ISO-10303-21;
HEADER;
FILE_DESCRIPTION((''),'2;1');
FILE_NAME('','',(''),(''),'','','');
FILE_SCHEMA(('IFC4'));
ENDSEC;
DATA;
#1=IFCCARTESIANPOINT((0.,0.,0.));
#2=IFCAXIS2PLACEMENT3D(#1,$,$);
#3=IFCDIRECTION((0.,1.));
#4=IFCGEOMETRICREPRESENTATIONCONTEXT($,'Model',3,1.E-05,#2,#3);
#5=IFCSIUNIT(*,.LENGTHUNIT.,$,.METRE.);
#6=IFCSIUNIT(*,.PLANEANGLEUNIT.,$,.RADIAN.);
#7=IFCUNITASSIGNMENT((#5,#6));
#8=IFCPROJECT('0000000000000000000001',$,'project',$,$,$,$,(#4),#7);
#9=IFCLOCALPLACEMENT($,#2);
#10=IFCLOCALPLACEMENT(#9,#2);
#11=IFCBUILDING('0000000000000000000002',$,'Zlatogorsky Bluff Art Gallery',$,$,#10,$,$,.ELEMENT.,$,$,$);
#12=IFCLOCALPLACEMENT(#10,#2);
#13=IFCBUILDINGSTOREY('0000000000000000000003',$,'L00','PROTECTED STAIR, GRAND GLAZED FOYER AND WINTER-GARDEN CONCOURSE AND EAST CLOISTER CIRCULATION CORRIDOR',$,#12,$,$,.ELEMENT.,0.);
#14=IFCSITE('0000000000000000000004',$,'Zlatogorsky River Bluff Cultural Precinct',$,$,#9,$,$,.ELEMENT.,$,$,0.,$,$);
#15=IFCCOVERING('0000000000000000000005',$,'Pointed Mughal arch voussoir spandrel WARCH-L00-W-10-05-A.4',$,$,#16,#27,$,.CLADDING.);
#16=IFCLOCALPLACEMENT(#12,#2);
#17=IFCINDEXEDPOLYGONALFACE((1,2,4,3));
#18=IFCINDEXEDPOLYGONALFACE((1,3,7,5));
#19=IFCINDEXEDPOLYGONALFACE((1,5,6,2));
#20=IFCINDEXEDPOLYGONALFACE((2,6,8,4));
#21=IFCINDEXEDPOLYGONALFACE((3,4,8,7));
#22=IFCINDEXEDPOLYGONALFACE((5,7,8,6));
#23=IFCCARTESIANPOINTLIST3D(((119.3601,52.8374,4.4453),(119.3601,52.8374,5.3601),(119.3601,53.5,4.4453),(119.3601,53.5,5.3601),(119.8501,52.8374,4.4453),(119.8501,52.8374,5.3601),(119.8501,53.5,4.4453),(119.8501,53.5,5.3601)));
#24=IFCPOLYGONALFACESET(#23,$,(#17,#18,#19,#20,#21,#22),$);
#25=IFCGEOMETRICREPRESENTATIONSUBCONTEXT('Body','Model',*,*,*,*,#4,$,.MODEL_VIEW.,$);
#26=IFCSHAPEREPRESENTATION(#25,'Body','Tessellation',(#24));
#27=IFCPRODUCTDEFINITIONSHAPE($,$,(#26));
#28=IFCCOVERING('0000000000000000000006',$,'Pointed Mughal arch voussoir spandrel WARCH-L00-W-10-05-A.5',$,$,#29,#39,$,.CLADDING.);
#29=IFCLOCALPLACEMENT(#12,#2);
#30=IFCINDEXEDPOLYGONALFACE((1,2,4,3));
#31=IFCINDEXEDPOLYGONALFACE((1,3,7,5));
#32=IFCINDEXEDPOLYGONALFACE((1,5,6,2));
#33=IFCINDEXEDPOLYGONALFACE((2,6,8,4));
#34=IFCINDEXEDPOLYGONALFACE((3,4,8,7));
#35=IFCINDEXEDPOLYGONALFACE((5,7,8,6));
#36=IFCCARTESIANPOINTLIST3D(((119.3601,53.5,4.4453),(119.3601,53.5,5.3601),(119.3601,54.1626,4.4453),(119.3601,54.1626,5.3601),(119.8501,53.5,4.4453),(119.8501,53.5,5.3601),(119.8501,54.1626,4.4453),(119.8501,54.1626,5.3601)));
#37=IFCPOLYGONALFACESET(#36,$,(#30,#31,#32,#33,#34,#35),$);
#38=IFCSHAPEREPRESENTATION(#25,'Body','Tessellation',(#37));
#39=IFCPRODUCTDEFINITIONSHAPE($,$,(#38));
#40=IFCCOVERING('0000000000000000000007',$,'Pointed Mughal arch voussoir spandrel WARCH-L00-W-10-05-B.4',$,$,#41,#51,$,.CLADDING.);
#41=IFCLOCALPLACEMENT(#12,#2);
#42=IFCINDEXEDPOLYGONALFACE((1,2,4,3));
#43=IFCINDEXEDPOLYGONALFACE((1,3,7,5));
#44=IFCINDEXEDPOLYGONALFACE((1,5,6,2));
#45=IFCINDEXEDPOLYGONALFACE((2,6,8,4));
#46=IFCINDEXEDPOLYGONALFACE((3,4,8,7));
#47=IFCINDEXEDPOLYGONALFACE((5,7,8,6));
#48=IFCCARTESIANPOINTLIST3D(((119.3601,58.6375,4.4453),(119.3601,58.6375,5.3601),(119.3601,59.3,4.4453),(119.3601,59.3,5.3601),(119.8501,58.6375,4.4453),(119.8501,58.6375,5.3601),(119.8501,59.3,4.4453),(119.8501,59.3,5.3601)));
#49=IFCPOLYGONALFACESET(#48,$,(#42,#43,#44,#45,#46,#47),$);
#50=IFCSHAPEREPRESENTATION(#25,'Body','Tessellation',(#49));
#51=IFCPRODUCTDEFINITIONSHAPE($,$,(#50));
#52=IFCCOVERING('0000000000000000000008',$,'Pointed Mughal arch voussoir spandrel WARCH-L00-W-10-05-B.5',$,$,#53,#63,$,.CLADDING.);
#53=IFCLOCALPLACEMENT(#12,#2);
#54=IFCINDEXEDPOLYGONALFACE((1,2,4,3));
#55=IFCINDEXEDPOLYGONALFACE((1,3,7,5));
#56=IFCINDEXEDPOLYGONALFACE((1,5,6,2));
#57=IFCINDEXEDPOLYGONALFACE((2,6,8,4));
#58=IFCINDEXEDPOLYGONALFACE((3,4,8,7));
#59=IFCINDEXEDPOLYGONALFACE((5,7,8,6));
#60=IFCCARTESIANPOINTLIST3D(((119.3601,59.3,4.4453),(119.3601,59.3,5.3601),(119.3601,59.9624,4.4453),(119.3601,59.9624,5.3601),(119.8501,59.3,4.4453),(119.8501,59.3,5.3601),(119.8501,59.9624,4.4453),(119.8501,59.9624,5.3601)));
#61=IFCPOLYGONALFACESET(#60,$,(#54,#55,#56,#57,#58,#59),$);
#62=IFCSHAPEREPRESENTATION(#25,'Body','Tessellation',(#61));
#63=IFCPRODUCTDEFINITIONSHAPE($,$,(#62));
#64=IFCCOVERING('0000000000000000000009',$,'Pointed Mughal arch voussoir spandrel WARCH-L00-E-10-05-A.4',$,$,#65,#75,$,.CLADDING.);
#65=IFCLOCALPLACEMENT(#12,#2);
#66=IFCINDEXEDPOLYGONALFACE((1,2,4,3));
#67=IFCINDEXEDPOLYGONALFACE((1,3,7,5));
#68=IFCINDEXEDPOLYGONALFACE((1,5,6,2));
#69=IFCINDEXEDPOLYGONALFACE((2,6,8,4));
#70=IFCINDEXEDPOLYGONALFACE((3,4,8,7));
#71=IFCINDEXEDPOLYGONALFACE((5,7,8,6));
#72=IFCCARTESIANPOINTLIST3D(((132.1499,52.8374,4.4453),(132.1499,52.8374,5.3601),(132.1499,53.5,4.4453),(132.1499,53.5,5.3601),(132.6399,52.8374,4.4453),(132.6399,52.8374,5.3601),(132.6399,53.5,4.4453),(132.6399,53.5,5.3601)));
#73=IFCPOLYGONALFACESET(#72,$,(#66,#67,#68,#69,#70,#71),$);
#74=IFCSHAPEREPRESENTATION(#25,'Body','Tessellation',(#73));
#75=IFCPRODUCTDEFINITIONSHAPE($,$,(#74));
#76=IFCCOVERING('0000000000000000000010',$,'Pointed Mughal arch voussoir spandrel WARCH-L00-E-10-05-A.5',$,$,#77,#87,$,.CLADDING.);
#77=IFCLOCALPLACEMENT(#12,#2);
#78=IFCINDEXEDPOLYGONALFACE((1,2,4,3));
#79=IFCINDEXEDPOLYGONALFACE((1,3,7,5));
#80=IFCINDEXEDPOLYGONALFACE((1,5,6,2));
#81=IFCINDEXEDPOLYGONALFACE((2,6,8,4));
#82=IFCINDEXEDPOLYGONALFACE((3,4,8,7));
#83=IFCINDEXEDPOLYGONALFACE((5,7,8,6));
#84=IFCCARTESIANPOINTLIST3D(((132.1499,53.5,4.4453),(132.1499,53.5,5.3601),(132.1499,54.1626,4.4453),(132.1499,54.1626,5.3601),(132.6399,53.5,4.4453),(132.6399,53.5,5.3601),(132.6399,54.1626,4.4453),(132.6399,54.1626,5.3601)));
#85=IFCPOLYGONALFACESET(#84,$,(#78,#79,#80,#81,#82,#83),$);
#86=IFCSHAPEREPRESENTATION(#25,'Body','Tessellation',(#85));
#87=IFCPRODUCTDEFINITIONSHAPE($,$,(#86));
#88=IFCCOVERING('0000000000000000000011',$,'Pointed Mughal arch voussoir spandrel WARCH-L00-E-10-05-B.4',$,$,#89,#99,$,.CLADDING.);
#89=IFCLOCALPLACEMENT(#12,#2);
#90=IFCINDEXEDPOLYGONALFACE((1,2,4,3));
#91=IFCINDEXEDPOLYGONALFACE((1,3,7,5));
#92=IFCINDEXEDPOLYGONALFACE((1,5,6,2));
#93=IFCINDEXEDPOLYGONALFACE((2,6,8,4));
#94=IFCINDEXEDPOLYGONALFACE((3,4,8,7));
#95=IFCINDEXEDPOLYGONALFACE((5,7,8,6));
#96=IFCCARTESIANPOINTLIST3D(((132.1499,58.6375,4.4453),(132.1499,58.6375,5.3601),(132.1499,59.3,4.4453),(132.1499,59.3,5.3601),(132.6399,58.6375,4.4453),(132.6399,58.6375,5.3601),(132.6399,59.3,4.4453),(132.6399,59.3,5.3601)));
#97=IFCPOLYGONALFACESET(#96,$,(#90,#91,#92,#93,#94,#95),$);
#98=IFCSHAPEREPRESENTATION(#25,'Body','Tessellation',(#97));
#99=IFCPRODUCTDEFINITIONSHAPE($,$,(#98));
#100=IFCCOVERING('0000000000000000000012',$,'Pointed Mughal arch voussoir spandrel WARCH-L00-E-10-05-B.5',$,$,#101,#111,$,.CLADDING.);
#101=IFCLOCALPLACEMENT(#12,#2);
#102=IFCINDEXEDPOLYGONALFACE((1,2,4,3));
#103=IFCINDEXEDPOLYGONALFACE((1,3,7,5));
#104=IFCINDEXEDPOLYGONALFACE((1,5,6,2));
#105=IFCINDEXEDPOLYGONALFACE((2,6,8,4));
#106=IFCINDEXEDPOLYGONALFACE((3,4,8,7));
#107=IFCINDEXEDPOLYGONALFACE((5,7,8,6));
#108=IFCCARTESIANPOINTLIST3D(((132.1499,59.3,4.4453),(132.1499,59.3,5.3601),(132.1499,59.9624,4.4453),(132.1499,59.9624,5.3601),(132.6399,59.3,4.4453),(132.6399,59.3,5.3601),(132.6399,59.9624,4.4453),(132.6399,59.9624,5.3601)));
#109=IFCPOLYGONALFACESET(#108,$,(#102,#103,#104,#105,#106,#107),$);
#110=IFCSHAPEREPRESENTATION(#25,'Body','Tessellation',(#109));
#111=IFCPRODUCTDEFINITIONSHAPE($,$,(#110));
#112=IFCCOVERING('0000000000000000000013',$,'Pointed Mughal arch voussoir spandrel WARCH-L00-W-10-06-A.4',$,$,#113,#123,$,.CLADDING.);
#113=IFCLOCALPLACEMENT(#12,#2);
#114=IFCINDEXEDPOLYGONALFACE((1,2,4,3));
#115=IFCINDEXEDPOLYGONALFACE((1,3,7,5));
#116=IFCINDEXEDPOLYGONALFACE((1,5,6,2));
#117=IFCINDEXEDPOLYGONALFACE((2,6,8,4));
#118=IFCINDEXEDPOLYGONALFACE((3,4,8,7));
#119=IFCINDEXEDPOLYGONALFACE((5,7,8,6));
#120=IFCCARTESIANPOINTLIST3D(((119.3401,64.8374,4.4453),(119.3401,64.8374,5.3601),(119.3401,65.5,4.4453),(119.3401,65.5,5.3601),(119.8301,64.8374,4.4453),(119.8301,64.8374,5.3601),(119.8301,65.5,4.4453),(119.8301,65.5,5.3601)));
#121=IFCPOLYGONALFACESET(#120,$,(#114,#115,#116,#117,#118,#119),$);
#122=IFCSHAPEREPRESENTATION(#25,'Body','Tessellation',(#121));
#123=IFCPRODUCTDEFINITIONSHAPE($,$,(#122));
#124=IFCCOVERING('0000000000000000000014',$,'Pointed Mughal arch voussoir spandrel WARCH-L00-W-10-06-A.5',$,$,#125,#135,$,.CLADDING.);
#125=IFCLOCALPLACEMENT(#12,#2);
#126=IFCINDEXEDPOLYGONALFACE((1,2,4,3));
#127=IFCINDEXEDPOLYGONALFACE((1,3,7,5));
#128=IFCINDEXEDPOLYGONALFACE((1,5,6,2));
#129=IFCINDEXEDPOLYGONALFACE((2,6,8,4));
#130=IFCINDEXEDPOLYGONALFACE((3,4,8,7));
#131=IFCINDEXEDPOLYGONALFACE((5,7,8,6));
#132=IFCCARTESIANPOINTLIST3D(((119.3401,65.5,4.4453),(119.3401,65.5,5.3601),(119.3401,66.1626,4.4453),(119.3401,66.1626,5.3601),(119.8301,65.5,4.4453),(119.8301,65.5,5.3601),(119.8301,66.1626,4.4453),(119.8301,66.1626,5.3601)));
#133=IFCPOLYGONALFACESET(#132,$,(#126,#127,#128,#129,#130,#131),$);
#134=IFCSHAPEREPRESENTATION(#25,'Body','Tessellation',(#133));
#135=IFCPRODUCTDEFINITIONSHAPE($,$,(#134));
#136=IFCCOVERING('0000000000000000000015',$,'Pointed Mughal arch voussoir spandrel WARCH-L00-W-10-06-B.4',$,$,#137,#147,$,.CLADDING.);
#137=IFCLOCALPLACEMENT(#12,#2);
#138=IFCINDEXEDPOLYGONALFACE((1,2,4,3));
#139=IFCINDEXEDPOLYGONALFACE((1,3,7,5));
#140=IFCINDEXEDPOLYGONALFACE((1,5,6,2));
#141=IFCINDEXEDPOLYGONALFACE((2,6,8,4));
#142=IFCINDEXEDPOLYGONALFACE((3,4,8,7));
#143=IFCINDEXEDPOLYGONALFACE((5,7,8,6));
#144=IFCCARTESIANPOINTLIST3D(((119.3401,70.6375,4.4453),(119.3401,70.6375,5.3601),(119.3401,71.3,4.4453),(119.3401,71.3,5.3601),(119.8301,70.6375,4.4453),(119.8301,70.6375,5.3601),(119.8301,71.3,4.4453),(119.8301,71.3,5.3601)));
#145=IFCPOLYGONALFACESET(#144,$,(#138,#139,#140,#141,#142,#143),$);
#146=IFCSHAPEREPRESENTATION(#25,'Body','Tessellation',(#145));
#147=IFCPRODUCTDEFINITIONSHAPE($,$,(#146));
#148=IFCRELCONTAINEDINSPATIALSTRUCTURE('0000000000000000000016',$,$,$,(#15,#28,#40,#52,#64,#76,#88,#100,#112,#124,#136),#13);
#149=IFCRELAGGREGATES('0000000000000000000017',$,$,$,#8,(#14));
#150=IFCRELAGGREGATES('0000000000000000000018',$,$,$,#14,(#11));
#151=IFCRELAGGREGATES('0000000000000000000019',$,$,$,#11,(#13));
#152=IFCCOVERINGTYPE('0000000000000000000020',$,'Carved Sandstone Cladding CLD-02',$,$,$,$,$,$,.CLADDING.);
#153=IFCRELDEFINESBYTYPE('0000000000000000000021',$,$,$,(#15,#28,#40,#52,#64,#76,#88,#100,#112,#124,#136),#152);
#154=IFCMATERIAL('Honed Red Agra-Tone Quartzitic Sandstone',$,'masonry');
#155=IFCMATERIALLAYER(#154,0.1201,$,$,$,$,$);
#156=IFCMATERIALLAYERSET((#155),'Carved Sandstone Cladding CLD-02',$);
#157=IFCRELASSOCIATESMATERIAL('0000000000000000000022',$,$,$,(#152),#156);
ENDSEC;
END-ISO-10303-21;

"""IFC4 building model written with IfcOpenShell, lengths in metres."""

from ifc_helpers import new_model, si_unit, direction, frame, origin, place, context, subcontext, project, spatial, polyline, outline, extrude, material, layer, layer_set, type_object, element, save


model = new_model("IFC4")

# Units and contexts
model_context = context("Model", 3, precision=1e-05, world=origin(), true_north=direction((0.0, 1.0)))
body_context = subcontext(model_context, "Body", "Model", "MODEL_VIEW")
ifc_project = project(units=[si_unit("LENGTHUNIT", "METRE"), si_unit("PLANEANGLEUNIT", "RADIAN")], contexts=[model_context])

# Site, building, storey
site_placement = place(None, origin())
site = spatial("IfcSite", under=ifc_project, at=site_placement, Name="Zlatogorsky River Bluff Cultural Precinct", CompositionType="ELEMENT", RefElevation=0.0)
building_placement = place(site_placement, origin())
building = spatial("IfcBuilding", under=site, at=building_placement, Name="Zlatogorsky Bluff Art Gallery", CompositionType="ELEMENT")
storey_placement = place(building_placement, origin())
storey = spatial("IfcBuildingStorey", under=building, at=storey_placement, Name="L00", Description="PROTECTED STAIR, GRAND GLAZED FOYER AND WINTER-GARDEN CONCOURSE AND EAST CLOISTER CIRCULATION CORRIDOR", CompositionType="ELEMENT", Elevation=0.0)

# Coverings
ifc_material = material(Name="Honed Red Agra-Tone Quartzitic Sandstone", Category="masonry")
ifc_layer = layer(ifc_material, 0.1201)
ifc_layer_set = layer_set([ifc_layer], Name="Carved Sandstone Cladding CLD-02")
covering_type = type_object("IfcCoveringType", Name="Carved Sandstone Cladding CLD-02", PredefinedType="CLADDING", material=ifc_layer_set)
covering_1_placement = place(storey_placement, frame((0.0, 0.0, 4.4453)))
element("IfcCovering", 1, at=covering_1_placement, inside=storey, type_object=covering_type, Name="Pointed Mughal arch voussoir spandrel WARCH-L00-W-10-05-A.4", PredefinedType="CLADDING", context=body_context, shape_type="SweptSolid", body=[
    extrude(outline(polyline([(119.3601, 52.8374), (119.3601, 53.5), (119.8501, 53.5), (119.8501, 52.8374), (119.3601, 52.8374)])), origin(), (0.0, 0.0, 1.0), 0.9148),
])
covering_2_placement = place(storey_placement, frame((0.0, 0.0, 4.4453)))
element("IfcCovering", 2, at=covering_2_placement, inside=storey, type_object=covering_type, Name="Pointed Mughal arch voussoir spandrel WARCH-L00-W-10-05-A.5", PredefinedType="CLADDING", context=body_context, shape_type="SweptSolid", body=[
    extrude(outline(polyline([(119.3601, 53.5), (119.3601, 54.1626), (119.8501, 54.1626), (119.8501, 53.5), (119.3601, 53.5)])), origin(), (0.0, 0.0, 1.0), 0.9148),
])
covering_3_placement = place(storey_placement, frame((0.0, 0.0, 4.4453)))
element("IfcCovering", 3, at=covering_3_placement, inside=storey, type_object=covering_type, Name="Pointed Mughal arch voussoir spandrel WARCH-L00-W-10-05-B.4", PredefinedType="CLADDING", context=body_context, shape_type="SweptSolid", body=[
    extrude(outline(polyline([(119.3601, 58.6375), (119.3601, 59.3), (119.8501, 59.3), (119.8501, 58.6375), (119.3601, 58.6375)])), origin(), (0.0, 0.0, 1.0), 0.9148),
])
covering_4_placement = place(storey_placement, frame((0.0, 0.0, 4.4453)))
element("IfcCovering", 4, at=covering_4_placement, inside=storey, type_object=covering_type, Name="Pointed Mughal arch voussoir spandrel WARCH-L00-W-10-05-B.5", PredefinedType="CLADDING", context=body_context, shape_type="SweptSolid", body=[
    extrude(outline(polyline([(119.3601, 59.3), (119.3601, 59.9624), (119.8501, 59.9624), (119.8501, 59.3), (119.3601, 59.3)])), origin(), (0.0, 0.0, 1.0), 0.9148),
])
covering_5_placement = place(storey_placement, frame((0.0, 0.0, 4.4453)))
element("IfcCovering", 5, at=covering_5_placement, inside=storey, type_object=covering_type, Name="Pointed Mughal arch voussoir spandrel WARCH-L00-E-10-05-A.4", PredefinedType="CLADDING", context=body_context, shape_type="SweptSolid", body=[
    extrude(outline(polyline([(132.1499, 52.8374), (132.1499, 53.5), (132.6399, 53.5), (132.6399, 52.8374), (132.1499, 52.8374)])), origin(), (0.0, 0.0, 1.0), 0.9148),
])
covering_6_placement = place(storey_placement, frame((0.0, 0.0, 4.4453)))
element("IfcCovering", 6, at=covering_6_placement, inside=storey, type_object=covering_type, Name="Pointed Mughal arch voussoir spandrel WARCH-L00-E-10-05-A.5", PredefinedType="CLADDING", context=body_context, shape_type="SweptSolid", body=[
    extrude(outline(polyline([(132.1499, 53.5), (132.1499, 54.1626), (132.6399, 54.1626), (132.6399, 53.5), (132.1499, 53.5)])), origin(), (0.0, 0.0, 1.0), 0.9148),
])
covering_7_placement = place(storey_placement, frame((0.0, 0.0, 4.4453)))
element("IfcCovering", 7, at=covering_7_placement, inside=storey, type_object=covering_type, Name="Pointed Mughal arch voussoir spandrel WARCH-L00-E-10-05-B.4", PredefinedType="CLADDING", context=body_context, shape_type="SweptSolid", body=[
    extrude(outline(polyline([(132.1499, 58.6375), (132.1499, 59.3), (132.6399, 59.3), (132.6399, 58.6375), (132.1499, 58.6375)])), origin(), (0.0, 0.0, 1.0), 0.9148),
])
covering_8_placement = place(storey_placement, frame((0.0, 0.0, 4.4453)))
element("IfcCovering", 8, at=covering_8_placement, inside=storey, type_object=covering_type, Name="Pointed Mughal arch voussoir spandrel WARCH-L00-E-10-05-B.5", PredefinedType="CLADDING", context=body_context, shape_type="SweptSolid", body=[
    extrude(outline(polyline([(132.1499, 59.3), (132.1499, 59.9624), (132.6399, 59.9624), (132.6399, 59.3), (132.1499, 59.3)])), origin(), (0.0, 0.0, 1.0), 0.9148),
])
covering_9_placement = place(storey_placement, frame((0.0, 0.0, 4.4453)))
element("IfcCovering", 9, at=covering_9_placement, inside=storey, type_object=covering_type, Name="Pointed Mughal arch voussoir spandrel WARCH-L00-W-10-06-A.4", PredefinedType="CLADDING", context=body_context, shape_type="SweptSolid", body=[
    extrude(outline(polyline([(119.3401, 64.8374), (119.3401, 65.5), (119.8301, 65.5), (119.8301, 64.8374), (119.3401, 64.8374)])), origin(), (0.0, 0.0, 1.0), 0.9148),
])
covering_10_placement = place(storey_placement, frame((0.0, 0.0, 4.4453)))
element("IfcCovering", 10, at=covering_10_placement, inside=storey, type_object=covering_type, Name="Pointed Mughal arch voussoir spandrel WARCH-L00-W-10-06-A.5", PredefinedType="CLADDING", context=body_context, shape_type="SweptSolid", body=[
    extrude(outline(polyline([(119.3401, 65.5), (119.3401, 66.1626), (119.8301, 66.1626), (119.8301, 65.5), (119.3401, 65.5)])), origin(), (0.0, 0.0, 1.0), 0.9148),
])
covering_11_placement = place(storey_placement, frame((0.0, 0.0, 4.4453)))
element("IfcCovering", 11, at=covering_11_placement, inside=storey, type_object=covering_type, Name="Pointed Mughal arch voussoir spandrel WARCH-L00-W-10-06-B.4", PredefinedType="CLADDING", context=body_context, shape_type="SweptSolid", body=[
    extrude(outline(polyline([(119.3401, 70.6375), (119.3401, 71.3), (119.8301, 71.3), (119.8301, 70.6375), (119.3401, 70.6375)])), origin(), (0.0, 0.0, 1.0), 0.9148),
])

save(model, "model.ifc")
